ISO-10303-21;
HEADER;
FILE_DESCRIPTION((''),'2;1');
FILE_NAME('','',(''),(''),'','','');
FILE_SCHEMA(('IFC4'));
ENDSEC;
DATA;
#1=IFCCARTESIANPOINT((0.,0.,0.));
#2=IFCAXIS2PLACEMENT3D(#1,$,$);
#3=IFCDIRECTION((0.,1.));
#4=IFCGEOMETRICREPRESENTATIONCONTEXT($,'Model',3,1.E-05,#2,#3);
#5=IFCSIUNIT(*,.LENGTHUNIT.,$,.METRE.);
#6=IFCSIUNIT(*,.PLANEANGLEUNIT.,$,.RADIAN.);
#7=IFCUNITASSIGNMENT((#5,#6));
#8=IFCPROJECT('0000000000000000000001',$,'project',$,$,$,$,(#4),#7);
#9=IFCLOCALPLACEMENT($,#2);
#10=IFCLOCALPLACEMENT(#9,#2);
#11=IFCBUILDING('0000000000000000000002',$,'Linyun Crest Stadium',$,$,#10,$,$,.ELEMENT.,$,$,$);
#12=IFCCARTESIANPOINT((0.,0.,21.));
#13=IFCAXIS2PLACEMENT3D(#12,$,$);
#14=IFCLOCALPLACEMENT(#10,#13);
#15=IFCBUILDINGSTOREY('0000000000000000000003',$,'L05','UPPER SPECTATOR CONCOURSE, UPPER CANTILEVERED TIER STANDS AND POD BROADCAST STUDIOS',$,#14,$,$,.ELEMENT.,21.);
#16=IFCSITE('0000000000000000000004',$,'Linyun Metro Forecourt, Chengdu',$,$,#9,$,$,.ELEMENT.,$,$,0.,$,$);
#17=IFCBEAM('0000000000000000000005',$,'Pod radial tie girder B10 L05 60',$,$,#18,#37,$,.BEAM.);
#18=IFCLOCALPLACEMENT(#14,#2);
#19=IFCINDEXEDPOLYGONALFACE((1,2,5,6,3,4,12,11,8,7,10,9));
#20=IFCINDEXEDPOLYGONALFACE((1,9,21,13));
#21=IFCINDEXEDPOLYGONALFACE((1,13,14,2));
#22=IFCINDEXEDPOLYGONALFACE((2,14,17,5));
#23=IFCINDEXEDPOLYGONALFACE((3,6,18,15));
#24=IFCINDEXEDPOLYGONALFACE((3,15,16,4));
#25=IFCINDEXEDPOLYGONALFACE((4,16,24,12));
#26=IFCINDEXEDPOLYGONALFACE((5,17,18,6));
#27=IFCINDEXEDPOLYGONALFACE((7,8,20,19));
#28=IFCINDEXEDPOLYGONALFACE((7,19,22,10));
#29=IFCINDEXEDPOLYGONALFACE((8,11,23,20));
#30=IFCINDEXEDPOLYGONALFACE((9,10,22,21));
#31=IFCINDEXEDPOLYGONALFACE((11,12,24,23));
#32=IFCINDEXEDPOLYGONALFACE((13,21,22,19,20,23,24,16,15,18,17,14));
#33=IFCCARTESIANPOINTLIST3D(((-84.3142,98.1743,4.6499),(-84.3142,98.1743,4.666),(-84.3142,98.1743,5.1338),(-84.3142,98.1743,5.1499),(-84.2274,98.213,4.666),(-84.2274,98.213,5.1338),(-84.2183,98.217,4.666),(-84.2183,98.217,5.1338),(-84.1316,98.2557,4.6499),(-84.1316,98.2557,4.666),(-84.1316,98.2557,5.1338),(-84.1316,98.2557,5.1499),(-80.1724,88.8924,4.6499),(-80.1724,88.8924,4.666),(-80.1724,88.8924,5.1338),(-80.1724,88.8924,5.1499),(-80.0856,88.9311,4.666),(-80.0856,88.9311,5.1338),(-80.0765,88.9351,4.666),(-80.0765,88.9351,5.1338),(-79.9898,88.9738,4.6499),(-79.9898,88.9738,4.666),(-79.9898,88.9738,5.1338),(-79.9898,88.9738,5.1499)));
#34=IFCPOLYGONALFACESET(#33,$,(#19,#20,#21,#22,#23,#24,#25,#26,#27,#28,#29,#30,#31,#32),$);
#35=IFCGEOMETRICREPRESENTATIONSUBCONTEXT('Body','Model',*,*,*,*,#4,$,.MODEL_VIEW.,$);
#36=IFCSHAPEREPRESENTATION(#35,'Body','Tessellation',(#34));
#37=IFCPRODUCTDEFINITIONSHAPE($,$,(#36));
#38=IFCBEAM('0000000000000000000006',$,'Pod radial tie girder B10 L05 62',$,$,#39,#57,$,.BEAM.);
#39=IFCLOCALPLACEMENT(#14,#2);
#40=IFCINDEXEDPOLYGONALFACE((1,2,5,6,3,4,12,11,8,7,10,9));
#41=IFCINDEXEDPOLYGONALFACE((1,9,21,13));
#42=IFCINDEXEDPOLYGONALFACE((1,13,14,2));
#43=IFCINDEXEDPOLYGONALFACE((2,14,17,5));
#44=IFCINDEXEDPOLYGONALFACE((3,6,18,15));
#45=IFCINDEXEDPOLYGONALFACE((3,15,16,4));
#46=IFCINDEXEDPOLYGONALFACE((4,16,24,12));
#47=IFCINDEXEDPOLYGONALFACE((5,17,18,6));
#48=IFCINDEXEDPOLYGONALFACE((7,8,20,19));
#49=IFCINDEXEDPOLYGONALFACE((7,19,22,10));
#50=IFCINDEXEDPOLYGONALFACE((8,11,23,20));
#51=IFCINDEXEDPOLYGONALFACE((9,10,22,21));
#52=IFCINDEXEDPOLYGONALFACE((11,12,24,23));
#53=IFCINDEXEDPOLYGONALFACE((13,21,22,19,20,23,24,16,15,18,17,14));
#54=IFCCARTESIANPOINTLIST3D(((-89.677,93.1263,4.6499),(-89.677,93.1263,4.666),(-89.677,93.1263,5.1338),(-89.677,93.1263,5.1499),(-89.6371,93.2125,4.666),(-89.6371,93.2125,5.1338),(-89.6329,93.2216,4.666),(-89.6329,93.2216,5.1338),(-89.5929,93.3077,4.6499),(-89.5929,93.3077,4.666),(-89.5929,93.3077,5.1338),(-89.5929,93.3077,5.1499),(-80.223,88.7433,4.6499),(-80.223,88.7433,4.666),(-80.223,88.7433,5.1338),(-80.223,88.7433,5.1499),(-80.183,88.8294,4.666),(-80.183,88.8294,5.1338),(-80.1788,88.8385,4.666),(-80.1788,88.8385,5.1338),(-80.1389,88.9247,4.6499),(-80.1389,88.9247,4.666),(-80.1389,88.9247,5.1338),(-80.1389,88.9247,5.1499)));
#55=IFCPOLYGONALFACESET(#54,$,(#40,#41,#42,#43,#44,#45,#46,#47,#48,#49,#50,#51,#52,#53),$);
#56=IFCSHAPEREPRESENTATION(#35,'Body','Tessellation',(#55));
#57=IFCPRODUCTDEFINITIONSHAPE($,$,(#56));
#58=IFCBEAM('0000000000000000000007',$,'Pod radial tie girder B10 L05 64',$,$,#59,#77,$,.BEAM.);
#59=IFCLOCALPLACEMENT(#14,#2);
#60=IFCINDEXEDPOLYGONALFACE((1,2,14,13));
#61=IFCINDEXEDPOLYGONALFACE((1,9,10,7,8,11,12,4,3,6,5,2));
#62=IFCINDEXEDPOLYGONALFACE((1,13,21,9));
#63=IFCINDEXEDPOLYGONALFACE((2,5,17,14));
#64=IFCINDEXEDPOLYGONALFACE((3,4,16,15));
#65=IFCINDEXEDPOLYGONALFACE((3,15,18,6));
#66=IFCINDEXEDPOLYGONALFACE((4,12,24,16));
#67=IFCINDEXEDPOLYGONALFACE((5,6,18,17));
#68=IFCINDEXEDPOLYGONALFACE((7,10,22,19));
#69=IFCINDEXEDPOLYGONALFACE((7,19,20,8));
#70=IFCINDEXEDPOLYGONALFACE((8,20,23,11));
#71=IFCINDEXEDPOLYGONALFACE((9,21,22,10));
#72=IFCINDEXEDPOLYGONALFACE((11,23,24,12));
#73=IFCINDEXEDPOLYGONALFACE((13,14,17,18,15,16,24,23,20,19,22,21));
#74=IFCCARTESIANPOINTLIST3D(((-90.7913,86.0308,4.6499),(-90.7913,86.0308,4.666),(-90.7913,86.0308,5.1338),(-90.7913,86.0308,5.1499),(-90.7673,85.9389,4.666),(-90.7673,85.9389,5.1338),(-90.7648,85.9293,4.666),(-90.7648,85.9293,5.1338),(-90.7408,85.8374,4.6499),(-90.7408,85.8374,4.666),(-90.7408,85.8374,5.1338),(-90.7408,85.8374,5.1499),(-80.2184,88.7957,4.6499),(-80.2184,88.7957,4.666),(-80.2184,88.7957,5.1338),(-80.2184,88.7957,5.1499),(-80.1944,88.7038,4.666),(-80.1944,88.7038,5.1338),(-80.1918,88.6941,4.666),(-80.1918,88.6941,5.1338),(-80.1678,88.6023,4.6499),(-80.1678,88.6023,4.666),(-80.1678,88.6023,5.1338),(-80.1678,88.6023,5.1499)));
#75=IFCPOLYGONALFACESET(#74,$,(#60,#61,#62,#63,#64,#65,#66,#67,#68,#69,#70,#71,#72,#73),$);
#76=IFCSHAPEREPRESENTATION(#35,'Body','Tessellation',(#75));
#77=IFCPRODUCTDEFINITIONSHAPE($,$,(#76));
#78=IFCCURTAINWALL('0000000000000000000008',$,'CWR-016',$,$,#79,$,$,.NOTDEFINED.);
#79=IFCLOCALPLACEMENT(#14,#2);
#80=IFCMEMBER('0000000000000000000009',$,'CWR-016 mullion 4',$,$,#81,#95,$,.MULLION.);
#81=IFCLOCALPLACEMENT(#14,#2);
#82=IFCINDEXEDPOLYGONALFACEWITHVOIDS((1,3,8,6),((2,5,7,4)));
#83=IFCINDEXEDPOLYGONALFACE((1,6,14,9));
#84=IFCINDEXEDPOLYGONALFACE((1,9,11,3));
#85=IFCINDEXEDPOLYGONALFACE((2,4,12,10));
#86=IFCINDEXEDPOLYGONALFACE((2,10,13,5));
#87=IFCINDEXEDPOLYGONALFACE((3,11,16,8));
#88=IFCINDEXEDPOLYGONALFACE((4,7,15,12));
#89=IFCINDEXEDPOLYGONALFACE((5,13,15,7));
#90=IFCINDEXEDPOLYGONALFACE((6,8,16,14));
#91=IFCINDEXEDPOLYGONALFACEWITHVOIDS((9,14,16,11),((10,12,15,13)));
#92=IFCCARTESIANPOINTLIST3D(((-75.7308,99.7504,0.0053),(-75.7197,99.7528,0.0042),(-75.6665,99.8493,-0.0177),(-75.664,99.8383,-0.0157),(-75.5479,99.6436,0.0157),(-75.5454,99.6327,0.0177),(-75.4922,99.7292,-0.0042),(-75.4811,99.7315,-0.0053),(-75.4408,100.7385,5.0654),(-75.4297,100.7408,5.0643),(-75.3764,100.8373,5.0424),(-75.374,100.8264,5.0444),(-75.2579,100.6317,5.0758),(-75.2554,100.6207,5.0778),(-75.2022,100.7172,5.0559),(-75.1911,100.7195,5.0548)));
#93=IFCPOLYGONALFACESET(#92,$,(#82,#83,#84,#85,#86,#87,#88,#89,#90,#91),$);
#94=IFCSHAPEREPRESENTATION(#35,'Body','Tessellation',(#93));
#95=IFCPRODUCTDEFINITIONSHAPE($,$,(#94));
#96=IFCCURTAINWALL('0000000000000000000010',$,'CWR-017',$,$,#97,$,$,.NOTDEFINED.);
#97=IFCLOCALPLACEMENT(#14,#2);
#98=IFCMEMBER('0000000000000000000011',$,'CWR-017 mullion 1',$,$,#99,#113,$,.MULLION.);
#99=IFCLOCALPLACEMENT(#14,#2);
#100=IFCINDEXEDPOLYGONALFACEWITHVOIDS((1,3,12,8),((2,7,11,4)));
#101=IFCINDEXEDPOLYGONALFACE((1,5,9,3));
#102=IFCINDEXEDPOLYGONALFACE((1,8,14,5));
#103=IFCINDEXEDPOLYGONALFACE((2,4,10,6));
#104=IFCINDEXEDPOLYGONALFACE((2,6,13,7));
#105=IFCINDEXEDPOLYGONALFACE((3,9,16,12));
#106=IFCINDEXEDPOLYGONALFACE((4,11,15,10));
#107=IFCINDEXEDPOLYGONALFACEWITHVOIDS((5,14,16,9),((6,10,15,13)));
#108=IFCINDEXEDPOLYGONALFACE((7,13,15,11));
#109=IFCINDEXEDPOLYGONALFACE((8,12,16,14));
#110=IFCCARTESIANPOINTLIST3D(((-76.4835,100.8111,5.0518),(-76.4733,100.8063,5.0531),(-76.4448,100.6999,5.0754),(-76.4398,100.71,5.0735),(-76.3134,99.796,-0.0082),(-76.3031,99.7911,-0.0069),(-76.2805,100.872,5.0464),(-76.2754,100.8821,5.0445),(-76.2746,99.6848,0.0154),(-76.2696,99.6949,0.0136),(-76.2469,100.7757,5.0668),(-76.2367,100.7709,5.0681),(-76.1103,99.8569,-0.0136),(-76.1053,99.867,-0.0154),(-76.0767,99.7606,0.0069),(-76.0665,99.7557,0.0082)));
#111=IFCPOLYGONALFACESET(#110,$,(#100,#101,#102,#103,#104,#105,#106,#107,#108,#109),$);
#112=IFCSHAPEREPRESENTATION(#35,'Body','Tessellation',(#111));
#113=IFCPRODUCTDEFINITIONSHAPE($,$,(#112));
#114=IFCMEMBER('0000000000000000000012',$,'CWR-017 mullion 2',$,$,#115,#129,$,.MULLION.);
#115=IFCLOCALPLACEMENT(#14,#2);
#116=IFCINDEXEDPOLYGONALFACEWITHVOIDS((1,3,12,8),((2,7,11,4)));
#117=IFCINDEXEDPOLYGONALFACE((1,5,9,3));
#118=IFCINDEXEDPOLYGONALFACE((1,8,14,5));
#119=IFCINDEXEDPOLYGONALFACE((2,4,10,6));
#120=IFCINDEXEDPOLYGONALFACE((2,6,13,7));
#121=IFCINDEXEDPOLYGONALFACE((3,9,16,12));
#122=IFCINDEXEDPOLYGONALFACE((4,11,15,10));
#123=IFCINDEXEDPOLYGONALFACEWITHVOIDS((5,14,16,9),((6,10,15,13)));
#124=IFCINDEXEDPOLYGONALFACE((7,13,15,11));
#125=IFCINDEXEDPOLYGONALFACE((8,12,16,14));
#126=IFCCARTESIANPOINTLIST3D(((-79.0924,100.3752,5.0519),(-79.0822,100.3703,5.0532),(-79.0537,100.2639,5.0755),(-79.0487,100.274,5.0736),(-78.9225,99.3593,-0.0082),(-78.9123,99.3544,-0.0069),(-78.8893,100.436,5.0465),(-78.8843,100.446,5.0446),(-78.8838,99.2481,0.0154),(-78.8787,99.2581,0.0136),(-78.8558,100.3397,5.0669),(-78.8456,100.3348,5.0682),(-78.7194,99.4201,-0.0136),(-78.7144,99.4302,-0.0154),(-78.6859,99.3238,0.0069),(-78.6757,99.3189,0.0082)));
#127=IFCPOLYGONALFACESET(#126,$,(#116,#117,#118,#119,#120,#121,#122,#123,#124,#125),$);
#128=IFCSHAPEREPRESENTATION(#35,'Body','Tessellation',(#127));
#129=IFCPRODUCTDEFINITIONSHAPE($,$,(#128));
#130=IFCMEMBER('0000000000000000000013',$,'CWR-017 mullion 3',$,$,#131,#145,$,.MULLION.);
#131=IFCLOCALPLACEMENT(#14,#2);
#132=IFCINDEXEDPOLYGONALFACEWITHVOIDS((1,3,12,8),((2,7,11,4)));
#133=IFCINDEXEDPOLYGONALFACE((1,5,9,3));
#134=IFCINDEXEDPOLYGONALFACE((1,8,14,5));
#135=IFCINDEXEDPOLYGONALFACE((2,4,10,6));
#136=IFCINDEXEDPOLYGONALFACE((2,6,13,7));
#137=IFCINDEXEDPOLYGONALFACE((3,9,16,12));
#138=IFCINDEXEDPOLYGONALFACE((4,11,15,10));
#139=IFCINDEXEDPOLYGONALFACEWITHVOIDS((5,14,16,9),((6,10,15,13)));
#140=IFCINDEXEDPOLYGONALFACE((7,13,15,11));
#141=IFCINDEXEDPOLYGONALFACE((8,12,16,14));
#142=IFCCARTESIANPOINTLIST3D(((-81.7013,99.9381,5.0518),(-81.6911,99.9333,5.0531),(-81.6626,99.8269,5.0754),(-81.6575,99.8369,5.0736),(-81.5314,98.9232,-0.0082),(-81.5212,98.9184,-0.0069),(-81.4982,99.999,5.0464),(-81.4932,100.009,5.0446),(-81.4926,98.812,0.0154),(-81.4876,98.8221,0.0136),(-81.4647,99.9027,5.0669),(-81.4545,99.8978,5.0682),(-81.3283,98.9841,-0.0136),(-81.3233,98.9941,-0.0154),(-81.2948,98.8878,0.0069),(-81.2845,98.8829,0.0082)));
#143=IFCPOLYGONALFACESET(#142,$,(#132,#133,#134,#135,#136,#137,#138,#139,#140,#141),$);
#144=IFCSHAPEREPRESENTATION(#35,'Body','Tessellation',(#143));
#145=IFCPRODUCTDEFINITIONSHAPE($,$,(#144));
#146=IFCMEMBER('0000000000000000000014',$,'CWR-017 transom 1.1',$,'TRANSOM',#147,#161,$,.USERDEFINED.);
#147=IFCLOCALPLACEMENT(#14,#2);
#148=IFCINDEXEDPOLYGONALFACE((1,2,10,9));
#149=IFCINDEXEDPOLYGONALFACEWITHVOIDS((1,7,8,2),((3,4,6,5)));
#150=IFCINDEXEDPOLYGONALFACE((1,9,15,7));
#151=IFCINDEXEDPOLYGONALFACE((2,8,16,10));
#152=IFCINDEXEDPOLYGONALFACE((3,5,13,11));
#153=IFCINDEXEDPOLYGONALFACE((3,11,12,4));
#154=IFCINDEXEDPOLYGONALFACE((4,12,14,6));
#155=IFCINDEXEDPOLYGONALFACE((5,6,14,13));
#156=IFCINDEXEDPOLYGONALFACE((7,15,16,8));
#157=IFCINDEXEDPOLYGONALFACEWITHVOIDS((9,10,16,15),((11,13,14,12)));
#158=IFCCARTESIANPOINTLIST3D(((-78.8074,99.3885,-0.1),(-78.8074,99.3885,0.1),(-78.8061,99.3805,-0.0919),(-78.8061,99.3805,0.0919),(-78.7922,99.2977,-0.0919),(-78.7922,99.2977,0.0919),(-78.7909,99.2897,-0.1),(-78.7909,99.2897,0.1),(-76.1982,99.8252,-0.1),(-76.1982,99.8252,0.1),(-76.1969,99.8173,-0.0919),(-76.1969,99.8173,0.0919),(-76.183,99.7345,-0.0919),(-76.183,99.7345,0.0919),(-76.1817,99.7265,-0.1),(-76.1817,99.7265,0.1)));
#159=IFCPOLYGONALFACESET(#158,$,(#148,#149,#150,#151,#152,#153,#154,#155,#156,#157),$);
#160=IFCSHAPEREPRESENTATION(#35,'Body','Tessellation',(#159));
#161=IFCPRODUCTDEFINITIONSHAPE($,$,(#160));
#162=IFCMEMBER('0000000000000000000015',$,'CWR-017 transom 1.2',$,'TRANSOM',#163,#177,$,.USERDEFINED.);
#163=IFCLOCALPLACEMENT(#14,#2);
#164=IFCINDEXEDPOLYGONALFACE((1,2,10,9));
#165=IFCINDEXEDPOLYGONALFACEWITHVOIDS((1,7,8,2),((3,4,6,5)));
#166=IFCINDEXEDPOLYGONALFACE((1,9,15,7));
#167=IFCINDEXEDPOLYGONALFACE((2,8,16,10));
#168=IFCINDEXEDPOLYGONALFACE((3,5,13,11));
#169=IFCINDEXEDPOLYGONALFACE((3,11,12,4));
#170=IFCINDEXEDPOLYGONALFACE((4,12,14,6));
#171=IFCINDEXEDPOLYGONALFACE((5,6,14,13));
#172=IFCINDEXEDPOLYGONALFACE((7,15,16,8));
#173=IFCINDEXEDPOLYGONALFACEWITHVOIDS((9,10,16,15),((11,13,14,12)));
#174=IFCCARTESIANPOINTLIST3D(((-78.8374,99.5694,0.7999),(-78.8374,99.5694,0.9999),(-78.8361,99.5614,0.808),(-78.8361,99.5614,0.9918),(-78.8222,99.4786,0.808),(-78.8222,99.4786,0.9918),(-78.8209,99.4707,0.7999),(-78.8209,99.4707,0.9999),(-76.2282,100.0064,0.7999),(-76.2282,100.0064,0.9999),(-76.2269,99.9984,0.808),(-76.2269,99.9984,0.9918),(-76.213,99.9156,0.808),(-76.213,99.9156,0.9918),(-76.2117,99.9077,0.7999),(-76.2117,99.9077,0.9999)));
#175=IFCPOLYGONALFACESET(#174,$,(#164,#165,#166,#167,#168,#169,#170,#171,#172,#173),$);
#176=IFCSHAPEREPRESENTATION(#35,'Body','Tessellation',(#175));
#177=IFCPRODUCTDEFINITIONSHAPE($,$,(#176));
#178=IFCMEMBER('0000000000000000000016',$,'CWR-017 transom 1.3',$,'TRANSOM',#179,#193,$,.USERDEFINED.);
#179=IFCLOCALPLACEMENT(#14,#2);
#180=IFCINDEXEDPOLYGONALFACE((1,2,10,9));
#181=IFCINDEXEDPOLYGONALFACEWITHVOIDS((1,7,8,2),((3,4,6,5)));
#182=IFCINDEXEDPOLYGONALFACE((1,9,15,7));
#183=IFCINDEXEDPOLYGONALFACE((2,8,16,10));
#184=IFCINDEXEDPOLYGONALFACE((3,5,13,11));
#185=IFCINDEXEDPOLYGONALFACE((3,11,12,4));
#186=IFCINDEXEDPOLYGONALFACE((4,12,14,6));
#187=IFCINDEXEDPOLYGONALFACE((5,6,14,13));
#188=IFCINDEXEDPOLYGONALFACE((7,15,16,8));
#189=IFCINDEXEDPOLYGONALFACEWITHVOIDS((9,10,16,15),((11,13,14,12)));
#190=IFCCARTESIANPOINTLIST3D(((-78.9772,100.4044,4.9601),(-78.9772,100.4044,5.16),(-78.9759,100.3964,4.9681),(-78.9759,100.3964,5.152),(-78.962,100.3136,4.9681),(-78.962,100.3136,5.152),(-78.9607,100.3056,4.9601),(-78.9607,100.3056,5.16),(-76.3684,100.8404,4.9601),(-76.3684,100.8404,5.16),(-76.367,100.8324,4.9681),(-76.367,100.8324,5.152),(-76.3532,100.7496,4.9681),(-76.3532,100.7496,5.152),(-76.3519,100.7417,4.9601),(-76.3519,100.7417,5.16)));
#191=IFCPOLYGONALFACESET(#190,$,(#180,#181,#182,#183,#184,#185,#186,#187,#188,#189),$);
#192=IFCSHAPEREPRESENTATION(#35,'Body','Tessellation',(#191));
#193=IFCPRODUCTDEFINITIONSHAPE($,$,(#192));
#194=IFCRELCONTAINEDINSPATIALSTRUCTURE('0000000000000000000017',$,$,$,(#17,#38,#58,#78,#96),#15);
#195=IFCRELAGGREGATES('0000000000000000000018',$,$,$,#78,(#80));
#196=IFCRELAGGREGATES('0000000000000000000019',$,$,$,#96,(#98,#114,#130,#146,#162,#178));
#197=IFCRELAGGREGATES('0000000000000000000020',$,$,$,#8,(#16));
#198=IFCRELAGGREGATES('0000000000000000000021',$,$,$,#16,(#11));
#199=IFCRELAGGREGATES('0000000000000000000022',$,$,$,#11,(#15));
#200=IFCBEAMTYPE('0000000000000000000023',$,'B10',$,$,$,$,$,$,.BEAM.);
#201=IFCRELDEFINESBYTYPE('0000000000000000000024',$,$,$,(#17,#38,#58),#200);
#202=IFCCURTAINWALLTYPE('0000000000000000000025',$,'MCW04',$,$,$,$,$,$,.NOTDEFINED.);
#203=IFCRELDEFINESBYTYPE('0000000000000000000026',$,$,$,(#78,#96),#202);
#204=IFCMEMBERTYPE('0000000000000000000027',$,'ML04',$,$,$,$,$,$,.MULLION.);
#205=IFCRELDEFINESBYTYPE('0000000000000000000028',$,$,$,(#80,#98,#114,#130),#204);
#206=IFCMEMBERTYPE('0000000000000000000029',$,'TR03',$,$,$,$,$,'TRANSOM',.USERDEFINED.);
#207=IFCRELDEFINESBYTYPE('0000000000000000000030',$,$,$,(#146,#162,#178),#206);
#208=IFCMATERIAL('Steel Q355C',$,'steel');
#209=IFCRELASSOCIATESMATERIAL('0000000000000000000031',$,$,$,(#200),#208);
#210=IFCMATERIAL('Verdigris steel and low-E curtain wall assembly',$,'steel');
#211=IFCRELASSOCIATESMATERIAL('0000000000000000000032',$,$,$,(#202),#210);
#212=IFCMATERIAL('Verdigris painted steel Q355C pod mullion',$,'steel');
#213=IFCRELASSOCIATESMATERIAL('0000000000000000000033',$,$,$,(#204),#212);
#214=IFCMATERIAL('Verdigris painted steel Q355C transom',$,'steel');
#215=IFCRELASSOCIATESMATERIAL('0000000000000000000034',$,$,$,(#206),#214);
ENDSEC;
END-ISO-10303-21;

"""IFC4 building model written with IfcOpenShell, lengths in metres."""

from ifc_helpers import new_model, si_unit, direction, frame, origin, origin_2d, place, context, subcontext, project, spatial, hollow_rectangle, i_section, extrude, material, material_profile, profile_set, type_object, element, aggregate, save


model = new_model("IFC4")

# Units and contexts
model_context = context("Model", 3, precision=1e-05, world=origin(), true_north=direction((0.0, 1.0)))
body_context = subcontext(model_context, "Body", "Model", "MODEL_VIEW")
ifc_project = project(units=[si_unit("LENGTHUNIT", "METRE"), si_unit("PLANEANGLEUNIT", "RADIAN")], contexts=[model_context])

# Site, building, storey
site_placement = place(None, origin())
site = spatial("IfcSite", under=ifc_project, at=site_placement, Name="Linyun Metro Forecourt, Chengdu", CompositionType="ELEMENT", RefElevation=0.0)
building_placement = place(site_placement, origin())
building = spatial("IfcBuilding", under=site, at=building_placement, Name="Linyun Crest Stadium", CompositionType="ELEMENT")
storey_placement = place(building_placement, frame((0.0, 0.0, 21.0)))
storey = spatial("IfcBuildingStorey", under=building, at=storey_placement, Name="L05", Description="UPPER SPECTATOR CONCOURSE, UPPER CANTILEVERED TIER STANDS AND POD BROADCAST STUDIOS", CompositionType="ELEMENT", Elevation=21.0)

# Beams
ifc_material_1 = material(Name="Steel Q355C", Category="steel")
ifc_material_profile_1 = material_profile(ifc_material_1, i_section(OverallWidth=0.2, OverallDepth=0.5, WebThickness=0.01, FlangeThickness=0.0161, at=origin_2d()), Name="HN 500x200")
ifc_profile_set_1 = profile_set([ifc_material_profile_1], Name="Steel Q355C")
beam_type_1 = type_object("IfcBeamType", Name="B10", PredefinedType="BEAM", material=ifc_profile_set_1)
beam_1_placement = place(storey_placement, frame((-80.0811, 88.9331, 4.8999), z_axis=(-0.407495, 0.913207, 0.0), x_axis=(-0.913207, -0.407495, 0.0)))
element("IfcBeam", 1, at=beam_1_placement, inside=storey, type_object=beam_type_1, Name="Pod radial tie girder B10 L05 60", PredefinedType="BEAM", context=body_context, shape_type="SweptSolid", body=[
    extrude(i_section(OverallWidth=0.2, OverallDepth=0.5, WebThickness=0.01, FlangeThickness=0.0161, at=origin_2d()), origin(), (0.0, 0.0, 1.0), 10.1641),
])
beam_2_placement = place(storey_placement, frame((-80.1809, 88.834, 4.8999), z_axis=(-0.907241, 0.42061, 0.0), x_axis=(-0.42061, -0.907241, 0.0)))
element("IfcBeam", 2, at=beam_2_placement, inside=storey, type_object=beam_type_1, Name="Pod radial tie girder B10 L05 62", PredefinedType="BEAM", context=body_context, shape_type="SweptSolid", body=[
    extrude(i_section(OverallWidth=0.2, OverallDepth=0.5, WebThickness=0.01, FlangeThickness=0.0161, at=origin_2d()), origin(), (0.0, 0.0, 1.0), 10.4207),
])
beam_3_placement = place(storey_placement, frame((-80.1931, 88.699, 4.8999), z_axis=(-0.967467, -0.252998, 0.0), x_axis=(0.252998, -0.967467, 0.0)))
element("IfcBeam", 3, at=beam_3_placement, inside=storey, type_object=beam_type_1, Name="Pod radial tie girder B10 L05 64", PredefinedType="BEAM", context=body_context, shape_type="SweptSolid", body=[
    extrude(i_section(OverallWidth=0.2, OverallDepth=0.5, WebThickness=0.01, FlangeThickness=0.0161, at=origin_2d()), origin(), (0.0, 0.0, 1.0), 10.9285),
])

# Curtain wall, member
ifc_material_2 = material(Name="Verdigris steel and low-E curtain wall assembly", Category="steel")
curtain_wall_type = type_object("IfcCurtainWallType", Name="MCW04", PredefinedType="NOTDEFINED", material=ifc_material_2)
curtain_wall_1_placement = place(storey_placement, origin())
curtain_wall_1 = element("IfcCurtainWall", 4, at=curtain_wall_1_placement, inside=storey, type_object=curtain_wall_type, Name="CWR-016", PredefinedType="NOTDEFINED")
ifc_material_3 = material(Name="Verdigris painted steel Q355C pod mullion", Category="steel")
ifc_material_profile_2 = material_profile(ifc_material_3, hollow_rectangle(XDim=0.1201, YDim=0.22, WallThickness=0.0081, at=origin_2d()), Name="RHS 220x120x8")
ifc_profile_set_2 = profile_set([ifc_material_profile_2], Name="Verdigris painted steel Q355C pod mullion")
member_type_1 = type_object("IfcMemberType", Name="ML04", PredefinedType="MULLION", material=ifc_profile_set_2)
member_1_placement = place(storey_placement, frame((-75.606, 99.741, 0.0), z_axis=(0.056168, 0.19134, 0.979915), x_axis=(0.535395, 0.822647, -0.19132)))
member_1 = element("IfcMember", 5, at=member_1_placement, type_object=member_type_1, Name="CWR-016 mullion 4", PredefinedType="MULLION", context=body_context, shape_type="SweptSolid", body=[
    extrude(hollow_rectangle(XDim=0.1201, YDim=0.22, WallThickness=0.0081, at=origin_2d()), origin(), (0.0, 0.0, 1.0), 5.1638),
])
aggregate(curtain_wall_1, [member_1])

# Curtain wall, members
curtain_wall_2_placement = place(storey_placement, origin())
curtain_wall_2 = element("IfcCurtainWall", 6, at=curtain_wall_2_placement, inside=storey, type_object=curtain_wall_type, Name="CWR-017", PredefinedType="NOTDEFINED")
member_2_placement = place(storey_placement, frame((-76.1899, 99.7759, 0.0), z_axis=(-0.032954, 0.196591, 0.979932), x_axis=(-0.322559, 0.925907, -0.196601)))
member_2 = element("IfcMember", 7, at=member_2_placement, type_object=member_type_1, Name="CWR-017 mullion 1", PredefinedType="MULLION", context=body_context, shape_type="SweptSolid", body=[
    extrude(hollow_rectangle(XDim=0.1201, YDim=0.22, WallThickness=0.0081, at=origin_2d()), origin(), (0.0, 0.0, 1.0), 5.1636),
])
member_3_placement = place(storey_placement, frame((-78.7991, 99.3391, 0.0), z_axis=(-0.032906, 0.196728, 0.979906), x_axis=(-0.322229, 0.925995, -0.196726)))
member_3 = element("IfcMember", 8, at=member_3_placement, type_object=member_type_1, Name="CWR-017 mullion 2", PredefinedType="MULLION", context=body_context, shape_type="SweptSolid", body=[
    extrude(hollow_rectangle(XDim=0.1201, YDim=0.22, WallThickness=0.0081, at=origin_2d()), origin(), (0.0, 0.0, 1.0), 5.1638),
])
member_4_placement = place(storey_placement, frame((-81.408, 98.9031, 0.0), z_axis=(-0.032907, 0.196546, 0.979942), x_axis=(-0.32238, 0.92598, -0.196549)))
member_4 = element("IfcMember", 9, at=member_4_placement, type_object=member_type_1, Name="CWR-017 mullion 3", PredefinedType="MULLION", context=body_context, shape_type="SweptSolid", body=[
    extrude(hollow_rectangle(XDim=0.1201, YDim=0.22, WallThickness=0.0081, at=origin_2d()), origin(), (0.0, 0.0, 1.0), 5.1636),
])
ifc_material_4 = material(Name="Verdigris painted steel Q355C transom", Category="steel")
ifc_material_profile_3 = material_profile(ifc_material_4, hollow_rectangle(XDim=0.1001, YDim=0.2, WallThickness=0.0081, at=origin_2d()), Name="RHS 200x100x8")
ifc_profile_set_3 = profile_set([ifc_material_profile_3], Name="Verdigris painted steel Q355C transom")
member_type_2 = type_object("IfcMemberType", Name="TR03", ElementType="TRANSOM", PredefinedType="USERDEFINED", material=ifc_profile_set_3)
member_5_placement = place(storey_placement, frame((-76.1899, 99.7759, 0.0), z_axis=(-0.986276, -0.165102, 0.0), x_axis=(0.165102, -0.986276, 0.0)))
member_5 = element("IfcMember", 10, at=member_5_placement, type_object=member_type_2, Name="CWR-017 transom 1.1", ObjectType="TRANSOM", PredefinedType="USERDEFINED", context=body_context, shape_type="SweptSolid", body=[
    extrude(hollow_rectangle(XDim=0.1001, YDim=0.2, WallThickness=0.0081, at=origin_2d()), origin(), (0.0, 0.0, 1.0), 2.6455),
])
member_6_placement = place(storey_placement, frame((-76.22, 99.957, 0.8999), z_axis=(-0.986261, -0.165192, 0.0), x_axis=(0.165192, -0.986261, 0.0)))
member_6 = element("IfcMember", 11, at=member_6_placement, type_object=member_type_2, Name="CWR-017 transom 1.2", ObjectType="TRANSOM", PredefinedType="USERDEFINED", context=body_context, shape_type="SweptSolid", body=[
    extrude(hollow_rectangle(XDim=0.1001, YDim=0.2, WallThickness=0.0081, at=origin_2d()), origin(), (0.0, 0.0, 1.0), 2.6455),
])
member_7_placement = place(storey_placement, frame((-76.3601, 100.791, 5.0601), z_axis=(-0.986319, -0.164848, 0.0), x_axis=(0.164848, -0.986319, 0.0)))
member_7 = element("IfcMember", 12, at=member_7_placement, type_object=member_type_2, Name="CWR-017 transom 1.3", ObjectType="TRANSOM", PredefinedType="USERDEFINED", context=body_context, shape_type="SweptSolid", body=[
    extrude(hollow_rectangle(XDim=0.1001, YDim=0.2, WallThickness=0.0081, at=origin_2d()), origin(), (0.0, 0.0, 1.0), 2.645),
])
aggregate(curtain_wall_2, [member_2, member_3, member_4, member_5, member_6, member_7])

save(model, "model.ifc")
